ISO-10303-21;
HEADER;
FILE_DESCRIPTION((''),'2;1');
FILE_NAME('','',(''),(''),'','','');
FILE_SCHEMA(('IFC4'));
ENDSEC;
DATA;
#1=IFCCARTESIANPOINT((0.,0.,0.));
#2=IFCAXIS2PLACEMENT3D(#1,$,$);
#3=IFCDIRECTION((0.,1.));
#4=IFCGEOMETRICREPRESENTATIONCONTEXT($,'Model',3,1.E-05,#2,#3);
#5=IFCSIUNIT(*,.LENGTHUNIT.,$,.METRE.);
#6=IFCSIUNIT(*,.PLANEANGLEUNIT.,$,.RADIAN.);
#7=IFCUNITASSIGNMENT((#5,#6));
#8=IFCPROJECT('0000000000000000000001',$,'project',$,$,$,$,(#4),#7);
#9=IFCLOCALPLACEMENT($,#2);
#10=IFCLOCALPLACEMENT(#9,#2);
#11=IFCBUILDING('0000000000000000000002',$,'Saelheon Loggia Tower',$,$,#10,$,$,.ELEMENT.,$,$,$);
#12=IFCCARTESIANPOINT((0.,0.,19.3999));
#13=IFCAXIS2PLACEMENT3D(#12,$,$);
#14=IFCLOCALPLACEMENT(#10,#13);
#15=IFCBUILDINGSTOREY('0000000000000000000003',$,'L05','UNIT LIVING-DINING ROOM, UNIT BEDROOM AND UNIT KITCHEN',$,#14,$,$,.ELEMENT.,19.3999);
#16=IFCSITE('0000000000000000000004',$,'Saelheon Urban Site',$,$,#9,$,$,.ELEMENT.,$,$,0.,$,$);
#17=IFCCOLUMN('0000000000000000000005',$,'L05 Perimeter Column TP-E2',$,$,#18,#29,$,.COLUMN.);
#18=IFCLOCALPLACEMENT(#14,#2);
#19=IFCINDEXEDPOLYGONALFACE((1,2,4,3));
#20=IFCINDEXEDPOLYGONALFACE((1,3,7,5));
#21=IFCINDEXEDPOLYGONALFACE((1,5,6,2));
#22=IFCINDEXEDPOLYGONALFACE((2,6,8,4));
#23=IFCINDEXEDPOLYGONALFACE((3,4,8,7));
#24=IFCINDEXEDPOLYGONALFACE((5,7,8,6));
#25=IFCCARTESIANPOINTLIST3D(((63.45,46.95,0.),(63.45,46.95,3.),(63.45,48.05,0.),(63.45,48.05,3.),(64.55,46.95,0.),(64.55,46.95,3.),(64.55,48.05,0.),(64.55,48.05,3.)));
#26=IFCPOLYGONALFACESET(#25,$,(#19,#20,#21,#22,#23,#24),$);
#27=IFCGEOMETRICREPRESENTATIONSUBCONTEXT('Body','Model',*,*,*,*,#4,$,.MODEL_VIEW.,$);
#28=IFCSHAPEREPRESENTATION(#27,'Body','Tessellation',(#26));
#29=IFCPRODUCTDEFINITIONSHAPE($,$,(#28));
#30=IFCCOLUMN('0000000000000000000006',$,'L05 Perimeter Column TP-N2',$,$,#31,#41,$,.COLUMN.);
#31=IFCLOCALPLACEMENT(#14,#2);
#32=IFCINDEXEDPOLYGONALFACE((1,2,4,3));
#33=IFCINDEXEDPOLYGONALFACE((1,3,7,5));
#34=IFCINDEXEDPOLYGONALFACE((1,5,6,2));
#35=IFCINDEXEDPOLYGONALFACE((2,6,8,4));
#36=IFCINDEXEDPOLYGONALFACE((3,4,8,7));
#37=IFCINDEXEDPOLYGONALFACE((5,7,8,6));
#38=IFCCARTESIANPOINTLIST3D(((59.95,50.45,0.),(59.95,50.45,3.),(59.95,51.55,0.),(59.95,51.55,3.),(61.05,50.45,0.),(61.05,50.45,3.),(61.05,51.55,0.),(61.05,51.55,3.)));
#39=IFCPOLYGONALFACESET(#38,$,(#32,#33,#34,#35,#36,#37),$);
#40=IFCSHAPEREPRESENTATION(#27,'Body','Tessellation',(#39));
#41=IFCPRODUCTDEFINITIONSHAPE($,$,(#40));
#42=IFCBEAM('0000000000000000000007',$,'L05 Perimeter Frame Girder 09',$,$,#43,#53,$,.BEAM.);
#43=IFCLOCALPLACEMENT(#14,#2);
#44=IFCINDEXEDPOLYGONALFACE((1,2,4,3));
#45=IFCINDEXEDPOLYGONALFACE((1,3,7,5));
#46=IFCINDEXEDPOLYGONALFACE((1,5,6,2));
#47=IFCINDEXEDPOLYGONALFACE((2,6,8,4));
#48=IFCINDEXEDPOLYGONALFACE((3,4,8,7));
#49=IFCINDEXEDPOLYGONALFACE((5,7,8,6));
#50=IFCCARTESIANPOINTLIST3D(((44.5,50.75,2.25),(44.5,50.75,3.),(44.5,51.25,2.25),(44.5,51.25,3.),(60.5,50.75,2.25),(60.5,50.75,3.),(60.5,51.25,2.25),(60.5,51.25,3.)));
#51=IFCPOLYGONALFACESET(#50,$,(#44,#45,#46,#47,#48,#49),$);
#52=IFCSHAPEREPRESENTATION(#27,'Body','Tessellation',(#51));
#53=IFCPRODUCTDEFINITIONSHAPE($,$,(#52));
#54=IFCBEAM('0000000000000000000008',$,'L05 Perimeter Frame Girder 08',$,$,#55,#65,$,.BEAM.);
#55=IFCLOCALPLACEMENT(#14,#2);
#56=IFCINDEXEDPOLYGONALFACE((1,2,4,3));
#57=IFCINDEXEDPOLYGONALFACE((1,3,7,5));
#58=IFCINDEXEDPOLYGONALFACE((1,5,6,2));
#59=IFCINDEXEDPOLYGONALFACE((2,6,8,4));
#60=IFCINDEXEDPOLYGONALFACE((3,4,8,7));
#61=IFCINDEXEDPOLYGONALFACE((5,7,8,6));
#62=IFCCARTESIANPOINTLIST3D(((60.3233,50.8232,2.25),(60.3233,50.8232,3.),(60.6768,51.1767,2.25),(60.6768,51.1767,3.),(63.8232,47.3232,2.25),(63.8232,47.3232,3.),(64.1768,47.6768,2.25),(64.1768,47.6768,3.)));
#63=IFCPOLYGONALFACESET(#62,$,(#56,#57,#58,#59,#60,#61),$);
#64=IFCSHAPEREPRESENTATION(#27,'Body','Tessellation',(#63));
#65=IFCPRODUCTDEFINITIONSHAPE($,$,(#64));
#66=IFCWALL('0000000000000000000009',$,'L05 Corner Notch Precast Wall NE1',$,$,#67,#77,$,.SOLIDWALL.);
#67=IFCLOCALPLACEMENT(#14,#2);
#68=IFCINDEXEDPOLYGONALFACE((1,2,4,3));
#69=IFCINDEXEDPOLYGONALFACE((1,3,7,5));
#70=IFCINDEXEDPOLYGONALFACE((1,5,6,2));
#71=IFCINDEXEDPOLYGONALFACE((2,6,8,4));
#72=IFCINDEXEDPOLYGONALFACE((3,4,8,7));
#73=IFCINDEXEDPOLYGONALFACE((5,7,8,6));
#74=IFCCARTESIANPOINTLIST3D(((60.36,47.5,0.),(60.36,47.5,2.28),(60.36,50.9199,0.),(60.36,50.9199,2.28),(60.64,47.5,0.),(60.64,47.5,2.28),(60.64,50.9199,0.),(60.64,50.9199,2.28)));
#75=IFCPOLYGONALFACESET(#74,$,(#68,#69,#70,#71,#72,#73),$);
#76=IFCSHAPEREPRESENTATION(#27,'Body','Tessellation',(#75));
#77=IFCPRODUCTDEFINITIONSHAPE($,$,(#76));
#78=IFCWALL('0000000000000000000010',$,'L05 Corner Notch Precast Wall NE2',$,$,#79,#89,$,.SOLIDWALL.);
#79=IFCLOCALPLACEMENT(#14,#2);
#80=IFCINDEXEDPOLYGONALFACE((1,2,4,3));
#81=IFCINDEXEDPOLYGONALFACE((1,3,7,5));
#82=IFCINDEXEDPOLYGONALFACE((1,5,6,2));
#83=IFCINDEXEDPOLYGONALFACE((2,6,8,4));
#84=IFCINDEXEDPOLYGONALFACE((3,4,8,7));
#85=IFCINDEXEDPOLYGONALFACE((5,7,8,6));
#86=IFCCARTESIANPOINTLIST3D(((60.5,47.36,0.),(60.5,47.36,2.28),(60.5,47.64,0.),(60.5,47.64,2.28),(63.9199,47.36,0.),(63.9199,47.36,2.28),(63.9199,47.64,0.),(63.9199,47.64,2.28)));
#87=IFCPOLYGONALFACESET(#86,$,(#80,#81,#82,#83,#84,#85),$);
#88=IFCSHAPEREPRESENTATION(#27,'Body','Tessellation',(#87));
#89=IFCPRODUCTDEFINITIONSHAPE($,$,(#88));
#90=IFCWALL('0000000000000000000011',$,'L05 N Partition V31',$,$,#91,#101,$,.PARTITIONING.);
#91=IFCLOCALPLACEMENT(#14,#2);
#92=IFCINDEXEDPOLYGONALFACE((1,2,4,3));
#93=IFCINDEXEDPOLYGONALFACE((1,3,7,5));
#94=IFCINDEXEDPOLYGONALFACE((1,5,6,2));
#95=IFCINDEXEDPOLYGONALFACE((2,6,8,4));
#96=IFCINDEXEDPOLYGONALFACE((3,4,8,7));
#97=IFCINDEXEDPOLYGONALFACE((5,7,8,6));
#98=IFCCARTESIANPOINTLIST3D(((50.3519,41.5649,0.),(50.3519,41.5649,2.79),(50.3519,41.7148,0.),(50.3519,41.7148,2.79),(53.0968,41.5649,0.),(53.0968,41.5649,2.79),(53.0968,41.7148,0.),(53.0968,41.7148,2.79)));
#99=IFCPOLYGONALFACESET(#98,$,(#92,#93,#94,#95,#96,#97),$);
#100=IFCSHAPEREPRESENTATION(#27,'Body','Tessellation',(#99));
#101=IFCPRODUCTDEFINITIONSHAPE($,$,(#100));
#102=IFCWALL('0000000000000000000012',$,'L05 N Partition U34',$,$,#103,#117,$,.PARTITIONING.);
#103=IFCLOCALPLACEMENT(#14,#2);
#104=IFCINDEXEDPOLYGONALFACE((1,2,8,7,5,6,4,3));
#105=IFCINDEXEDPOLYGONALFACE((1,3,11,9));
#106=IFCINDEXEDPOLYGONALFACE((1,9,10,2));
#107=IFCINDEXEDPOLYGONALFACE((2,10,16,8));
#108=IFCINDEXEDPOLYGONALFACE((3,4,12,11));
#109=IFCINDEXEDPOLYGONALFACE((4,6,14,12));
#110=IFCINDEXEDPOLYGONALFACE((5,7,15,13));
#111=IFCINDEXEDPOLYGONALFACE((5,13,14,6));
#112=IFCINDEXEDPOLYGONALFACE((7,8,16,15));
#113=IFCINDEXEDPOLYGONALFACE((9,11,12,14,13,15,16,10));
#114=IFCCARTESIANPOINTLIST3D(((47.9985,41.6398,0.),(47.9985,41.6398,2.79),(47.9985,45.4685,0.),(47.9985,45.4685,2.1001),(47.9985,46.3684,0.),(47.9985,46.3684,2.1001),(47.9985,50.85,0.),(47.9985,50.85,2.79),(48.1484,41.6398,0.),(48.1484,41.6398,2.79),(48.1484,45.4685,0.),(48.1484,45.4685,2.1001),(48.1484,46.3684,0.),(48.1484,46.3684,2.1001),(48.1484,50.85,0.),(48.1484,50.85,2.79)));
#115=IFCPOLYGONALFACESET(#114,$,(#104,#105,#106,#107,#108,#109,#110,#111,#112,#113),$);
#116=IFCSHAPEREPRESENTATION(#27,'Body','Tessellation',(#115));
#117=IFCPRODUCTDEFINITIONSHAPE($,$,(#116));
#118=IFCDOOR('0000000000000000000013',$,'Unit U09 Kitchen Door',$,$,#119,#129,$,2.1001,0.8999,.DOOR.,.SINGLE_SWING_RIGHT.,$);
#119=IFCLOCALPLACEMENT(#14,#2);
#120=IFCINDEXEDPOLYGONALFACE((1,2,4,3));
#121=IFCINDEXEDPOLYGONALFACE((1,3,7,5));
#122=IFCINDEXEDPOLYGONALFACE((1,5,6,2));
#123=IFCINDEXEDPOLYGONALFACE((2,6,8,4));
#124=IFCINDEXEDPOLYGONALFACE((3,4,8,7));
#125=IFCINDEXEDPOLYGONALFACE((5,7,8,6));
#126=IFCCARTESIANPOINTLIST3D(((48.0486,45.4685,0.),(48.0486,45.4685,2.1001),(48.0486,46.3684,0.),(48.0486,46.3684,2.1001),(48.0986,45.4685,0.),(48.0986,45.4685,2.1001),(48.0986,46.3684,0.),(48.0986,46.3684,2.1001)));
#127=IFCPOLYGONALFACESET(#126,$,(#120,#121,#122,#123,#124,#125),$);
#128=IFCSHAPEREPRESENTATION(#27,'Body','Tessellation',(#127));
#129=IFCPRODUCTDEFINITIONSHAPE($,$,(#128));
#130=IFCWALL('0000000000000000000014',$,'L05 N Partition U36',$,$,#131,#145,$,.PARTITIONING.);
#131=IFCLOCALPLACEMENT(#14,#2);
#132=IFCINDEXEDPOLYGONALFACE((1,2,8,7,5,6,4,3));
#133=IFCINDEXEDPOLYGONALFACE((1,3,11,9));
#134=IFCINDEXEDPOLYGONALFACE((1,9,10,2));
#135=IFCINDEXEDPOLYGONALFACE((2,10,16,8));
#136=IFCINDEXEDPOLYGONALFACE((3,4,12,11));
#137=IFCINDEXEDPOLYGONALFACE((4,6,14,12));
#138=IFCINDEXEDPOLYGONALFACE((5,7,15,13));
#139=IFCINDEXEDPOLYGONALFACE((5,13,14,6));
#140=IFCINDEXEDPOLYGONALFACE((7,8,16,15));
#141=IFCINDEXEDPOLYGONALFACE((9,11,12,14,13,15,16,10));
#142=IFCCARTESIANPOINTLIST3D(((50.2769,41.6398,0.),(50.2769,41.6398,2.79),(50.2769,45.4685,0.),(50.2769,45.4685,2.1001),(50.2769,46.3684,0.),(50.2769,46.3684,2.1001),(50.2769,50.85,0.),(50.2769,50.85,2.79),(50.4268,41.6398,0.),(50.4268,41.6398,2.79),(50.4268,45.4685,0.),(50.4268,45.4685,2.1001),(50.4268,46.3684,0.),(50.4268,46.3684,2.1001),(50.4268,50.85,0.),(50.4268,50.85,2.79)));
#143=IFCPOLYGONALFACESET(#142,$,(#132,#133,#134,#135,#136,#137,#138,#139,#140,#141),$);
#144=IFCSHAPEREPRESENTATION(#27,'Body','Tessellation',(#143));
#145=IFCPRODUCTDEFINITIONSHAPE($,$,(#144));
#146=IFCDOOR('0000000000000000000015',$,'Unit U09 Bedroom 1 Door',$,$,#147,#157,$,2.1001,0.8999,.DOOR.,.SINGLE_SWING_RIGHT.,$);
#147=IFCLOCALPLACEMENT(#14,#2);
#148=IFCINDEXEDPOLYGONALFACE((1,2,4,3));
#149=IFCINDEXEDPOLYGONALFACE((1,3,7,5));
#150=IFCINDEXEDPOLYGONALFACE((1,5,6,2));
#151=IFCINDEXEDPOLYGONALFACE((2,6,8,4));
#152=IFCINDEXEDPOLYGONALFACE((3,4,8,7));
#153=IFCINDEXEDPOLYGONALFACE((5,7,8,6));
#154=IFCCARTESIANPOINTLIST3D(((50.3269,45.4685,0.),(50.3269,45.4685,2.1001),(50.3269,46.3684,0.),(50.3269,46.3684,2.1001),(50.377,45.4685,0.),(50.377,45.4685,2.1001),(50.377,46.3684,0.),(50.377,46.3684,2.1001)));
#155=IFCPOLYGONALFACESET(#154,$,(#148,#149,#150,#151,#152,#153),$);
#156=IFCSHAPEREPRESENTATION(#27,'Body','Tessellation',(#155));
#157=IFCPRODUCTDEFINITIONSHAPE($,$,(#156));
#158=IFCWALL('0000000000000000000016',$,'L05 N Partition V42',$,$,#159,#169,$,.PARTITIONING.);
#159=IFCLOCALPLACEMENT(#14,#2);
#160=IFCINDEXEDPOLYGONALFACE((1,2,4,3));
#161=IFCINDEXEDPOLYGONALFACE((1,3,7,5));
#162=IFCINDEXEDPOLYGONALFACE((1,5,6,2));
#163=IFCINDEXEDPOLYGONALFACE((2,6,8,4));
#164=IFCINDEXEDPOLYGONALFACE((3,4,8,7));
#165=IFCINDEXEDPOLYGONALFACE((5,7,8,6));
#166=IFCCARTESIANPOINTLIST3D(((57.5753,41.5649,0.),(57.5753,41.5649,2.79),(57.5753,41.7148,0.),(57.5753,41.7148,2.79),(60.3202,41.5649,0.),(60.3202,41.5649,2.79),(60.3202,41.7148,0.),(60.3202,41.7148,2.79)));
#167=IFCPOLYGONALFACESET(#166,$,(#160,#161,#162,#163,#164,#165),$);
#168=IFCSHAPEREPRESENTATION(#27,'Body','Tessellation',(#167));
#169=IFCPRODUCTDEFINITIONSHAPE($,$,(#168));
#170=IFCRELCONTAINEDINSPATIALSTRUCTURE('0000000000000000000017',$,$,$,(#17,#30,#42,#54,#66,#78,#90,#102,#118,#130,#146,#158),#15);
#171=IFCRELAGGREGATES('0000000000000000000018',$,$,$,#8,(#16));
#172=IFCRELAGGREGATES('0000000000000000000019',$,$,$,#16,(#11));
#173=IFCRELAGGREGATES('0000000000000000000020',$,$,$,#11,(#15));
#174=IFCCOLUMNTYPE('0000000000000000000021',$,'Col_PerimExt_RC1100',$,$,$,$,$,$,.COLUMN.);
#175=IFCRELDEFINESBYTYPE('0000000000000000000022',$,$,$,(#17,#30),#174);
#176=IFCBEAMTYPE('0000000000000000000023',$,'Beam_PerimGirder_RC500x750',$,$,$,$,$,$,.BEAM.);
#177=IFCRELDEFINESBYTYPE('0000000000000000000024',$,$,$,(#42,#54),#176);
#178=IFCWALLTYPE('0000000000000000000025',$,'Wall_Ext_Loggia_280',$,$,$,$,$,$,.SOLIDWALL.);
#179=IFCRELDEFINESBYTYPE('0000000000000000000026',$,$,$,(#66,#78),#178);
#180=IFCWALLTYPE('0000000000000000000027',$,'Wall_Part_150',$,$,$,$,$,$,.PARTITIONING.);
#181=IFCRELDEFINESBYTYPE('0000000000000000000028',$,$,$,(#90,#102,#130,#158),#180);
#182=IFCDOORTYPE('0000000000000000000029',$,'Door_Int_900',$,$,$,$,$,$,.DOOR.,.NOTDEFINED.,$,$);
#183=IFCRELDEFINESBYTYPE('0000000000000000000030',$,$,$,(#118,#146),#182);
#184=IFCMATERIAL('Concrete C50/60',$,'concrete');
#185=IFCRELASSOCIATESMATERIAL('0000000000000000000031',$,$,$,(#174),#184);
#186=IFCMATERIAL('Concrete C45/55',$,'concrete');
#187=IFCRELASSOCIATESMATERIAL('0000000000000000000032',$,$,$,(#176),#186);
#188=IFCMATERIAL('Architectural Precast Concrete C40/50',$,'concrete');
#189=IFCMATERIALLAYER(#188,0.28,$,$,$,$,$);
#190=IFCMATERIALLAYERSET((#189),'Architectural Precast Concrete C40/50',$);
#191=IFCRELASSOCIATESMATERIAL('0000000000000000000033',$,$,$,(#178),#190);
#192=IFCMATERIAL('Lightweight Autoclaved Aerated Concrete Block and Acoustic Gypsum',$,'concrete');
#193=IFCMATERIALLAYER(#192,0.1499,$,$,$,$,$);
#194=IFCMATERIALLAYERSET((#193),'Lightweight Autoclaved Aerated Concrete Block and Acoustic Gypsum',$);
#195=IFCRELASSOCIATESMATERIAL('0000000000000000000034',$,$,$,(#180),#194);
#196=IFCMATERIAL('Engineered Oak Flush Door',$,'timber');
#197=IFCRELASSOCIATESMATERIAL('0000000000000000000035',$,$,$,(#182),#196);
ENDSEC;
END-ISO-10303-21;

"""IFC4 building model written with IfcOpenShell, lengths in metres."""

from ifc_helpers import new_model, si_unit, direction, frame, frame_2d, origin, origin_2d, place, context, subcontext, project, spatial, rectangle, extrude, source, transform, mapped, material, layer, layer_set, material_profile, profile_set, type_object, element, fill, save


model = new_model("IFC4")

# Units and contexts
model_context = context("Model", 3, precision=1e-05, world=origin(), true_north=direction((0.0, 1.0)))
body_context = subcontext(model_context, "Body", "Model", "MODEL_VIEW")
ifc_project = project(units=[si_unit("LENGTHUNIT", "METRE"), si_unit("PLANEANGLEUNIT", "RADIAN")], contexts=[model_context])

# Site, building, storey
site_placement = place(None, origin())
site = spatial("IfcSite", under=ifc_project, at=site_placement, Name="Saelheon Urban Site", CompositionType="ELEMENT", RefElevation=0.0)
building_placement = place(site_placement, origin())
building = spatial("IfcBuilding", under=site, at=building_placement, Name="Saelheon Loggia Tower", CompositionType="ELEMENT")
storey_placement = place(building_placement, frame((0.0, 0.0, 19.3999)))
storey = spatial("IfcBuildingStorey", under=building, at=storey_placement, Name="L05", Description="UNIT LIVING-DINING ROOM, UNIT BEDROOM AND UNIT KITCHEN", CompositionType="ELEMENT", Elevation=19.3999)

# Columns
ifc_material_1 = material(Name="Concrete C50/60", Category="concrete")
ifc_material_profile_1 = material_profile(ifc_material_1, rectangle(XDim=1.1001, YDim=1.1001, at=origin_2d()), Name="RC-1100x1100")
ifc_profile_set_1 = profile_set([ifc_material_profile_1], Name="Concrete C50/60")
column_type = type_object("IfcColumnType", Name="Col_PerimExt_RC1100", PredefinedType="COLUMN", material=ifc_profile_set_1)
shared_shape_1 = source(origin(), body_context, "Body", "SweptSolid", [
    extrude(rectangle(XDim=1.1001, YDim=1.1001, at=origin_2d()), origin(), (0.0, 0.0, 1.0), 3.0),
])
for number, where, z_axis, x_axis, name in (
    (1, (64.0, 47.5, 0.0), (0.0, 0.0, 1.0), (1.0, 0.0, 0.0), "L05 Perimeter Column TP-E2"),
    (2, (60.5, 51.0, 0.0), (0.0, 0.0, 1.0), (1.0, 0.0, 0.0), "L05 Perimeter Column TP-N2"),
):
    element("IfcColumn", number, at=place(storey_placement, frame(where, z_axis=z_axis, x_axis=x_axis)), inside=storey, type_object=column_type, Name=name, PredefinedType="COLUMN", context=body_context, shape_type="MappedRepresentation", body=[
        mapped(shared_shape_1, transform((0.0, 0.0, 0.0), scale=1.0)),
    ])

# Beams
ifc_material_2 = material(Name="Concrete C45/55", Category="concrete")
ifc_material_profile_2 = material_profile(ifc_material_2, rectangle(XDim=0.5, YDim=0.75, at=origin_2d()), Name="RC-500x750")
ifc_profile_set_2 = profile_set([ifc_material_profile_2], Name="Concrete C45/55")
beam_type = type_object("IfcBeamType", Name="Beam_PerimGirder_RC500x750", PredefinedType="BEAM", material=ifc_profile_set_2)
shared_shape_2 = source(origin(), body_context, "Body", "SweptSolid", [
    extrude(rectangle(XDim=0.5, YDim=0.75, at=origin_2d()), origin(), (0.0, 0.0, 1.0), 16.0),
])
beam_1_placement = place(storey_placement, frame((60.5, 51.0, 2.625), z_axis=(-1.0, 0.0, 0.0), x_axis=(0.0, -1.0, 0.0)))
element("IfcBeam", 3, at=beam_1_placement, inside=storey, type_object=beam_type, Name="L05 Perimeter Frame Girder 09", PredefinedType="BEAM", context=body_context, shape_type="MappedRepresentation", body=[
    mapped(shared_shape_2, transform((0.0, 0.0, 0.0), scale=1.0)),
])
shared_shape_3 = source(origin(), body_context, "Body", "SweptSolid", [
    extrude(rectangle(XDim=0.5, YDim=0.75, at=origin_2d()), origin(), (0.0, 0.0, 1.0), 4.9497),
])
beam_2_placement = place(storey_placement, frame((64.0, 47.5, 2.625), z_axis=(-0.707107, 0.707107, 0.0), x_axis=(-0.707107, -0.707107, 0.0)))
element("IfcBeam", 4, at=beam_2_placement, inside=storey, type_object=beam_type, Name="L05 Perimeter Frame Girder 08", PredefinedType="BEAM", context=body_context, shape_type="MappedRepresentation", body=[
    mapped(shared_shape_3, transform((0.0, 0.0, 0.0), scale=1.0)),
])

# Walls
ifc_material_3 = material(Name="Architectural Precast Concrete C40/50", Category="concrete")
ifc_layer_1 = layer(ifc_material_3, 0.28)
ifc_layer_set_1 = layer_set([ifc_layer_1], Name="Architectural Precast Concrete C40/50")
wall_type_1 = type_object("IfcWallType", Name="Wall_Ext_Loggia_280", PredefinedType="SOLIDWALL", material=ifc_layer_set_1)
for number, where, z_axis, x_axis, name in (
    (5, (60.5, 47.5, 0.0), (0.0, 0.0, 1.0), (0.0, 1.0, 0.0), "L05 Corner Notch Precast Wall NE1"),
    (6, (60.5, 47.5, 0.0), (0.0, 0.0, 1.0), (1.0, 0.0, 0.0), "L05 Corner Notch Precast Wall NE2"),
):
    element("IfcWall", number, at=place(storey_placement, frame(where, z_axis=z_axis, x_axis=x_axis)), inside=storey, type_object=wall_type_1, Name=name, PredefinedType="SOLIDWALL", context=body_context, shape_type="SweptSolid", body=[
        extrude(rectangle(XDim=3.4199, YDim=0.28, at=frame_2d((1.71, 0.0))), origin(), (0.0, 0.0, 1.0), 2.28),
    ])
ifc_material_4 = material(Name="Lightweight Autoclaved Aerated Concrete Block and Acoustic Gypsum", Category="concrete")
ifc_layer_2 = layer(ifc_material_4, 0.1499)
ifc_layer_set_2 = layer_set([ifc_layer_2], Name="Lightweight Autoclaved Aerated Concrete Block and Acoustic Gypsum")
wall_type_2 = type_object("IfcWallType", Name="Wall_Part_150", PredefinedType="PARTITIONING", material=ifc_layer_set_2)
wall_1_placement = place(storey_placement, frame((50.3518, 41.6399, 0.0), z_axis=(0.0, 0.0, 1.0), x_axis=(1.0, 0.0, 0.0)))
element("IfcWall", 7, at=wall_1_placement, inside=storey, type_object=wall_type_2, Name="L05 N Partition V31", PredefinedType="PARTITIONING", context=body_context, shape_type="SweptSolid", body=[
    extrude(rectangle(XDim=2.7449, YDim=0.1499, at=frame_2d((1.3726, 0.0))), origin(), (0.0, 0.0, 1.0), 2.79),
])

# Walls, openings, doors
wall_2_placement = place(storey_placement, frame((48.0735, 41.6399, 0.0), z_axis=(0.0, 0.0, 1.0), x_axis=(0.0, 1.0, 0.0)))
wall_2 = element("IfcWall", 8, at=wall_2_placement, inside=storey, type_object=wall_type_2, Name="L05 N Partition U34", PredefinedType="PARTITIONING", context=body_context, shape_type="SweptSolid", body=[
    extrude(rectangle(XDim=9.2102, YDim=0.1499, at=frame_2d((4.605, 0.0))), origin(), (0.0, 0.0, 1.0), 2.79),
])
opening_1_placement = place(wall_2_placement, frame((3.8286, 0.0, 0.0)))
opening_1 = element("IfcOpeningElement", 9, at=opening_1_placement, cuts=wall_2, PredefinedType="OPENING", context=body_context, shape_type="SweptSolid", body=[
    extrude(rectangle(XDim=0.8999, YDim=2.1001, at=frame_2d((0.45, 1.05))), frame((0.0, 0.0869, 0.0), z_axis=(0.0, -1.0, 0.0), x_axis=(1.0, 0.0, 0.0)), (0.0, 0.0, 1.0), 0.1738),
])
ifc_material_5 = material(Name="Engineered Oak Flush Door", Category="timber")
door_type_1 = type_object("IfcDoorType", Name="Door_Int_900", OperationType="NOTDEFINED", PredefinedType="DOOR", material=ifc_material_5)
shared_shape_4 = source(origin(), body_context, "Body", "SweptSolid", [
    extrude(rectangle(XDim=0.8999, YDim=2.1001, at=frame_2d((0.45, 1.05))), frame((0.0, 0.0249, 0.0), z_axis=(0.0, -1.0, 0.0), x_axis=(1.0, 0.0, 0.0)), (0.0, 0.0, 1.0), 0.05),
])
door_1_placement = place(opening_1_placement, origin())
door_1 = element("IfcDoor", 10, at=door_1_placement, inside=storey, type_object=door_type_1, Name="Unit U09 Kitchen Door", OperationType="SINGLE_SWING_RIGHT", OverallHeight=2.1001, OverallWidth=0.8999, PredefinedType="DOOR", context=body_context, shape_type="MappedRepresentation", body=[
    mapped(shared_shape_4, transform((0.0, 0.0, 0.0), scale=1.0)),
])
fill(opening_1, door_1)
wall_3_placement = place(storey_placement, frame((50.3518, 41.6399, 0.0), z_axis=(0.0, 0.0, 1.0), x_axis=(0.0, 1.0, 0.0)))
wall_3 = element("IfcWall", 11, at=wall_3_placement, inside=storey, type_object=wall_type_2, Name="L05 N Partition U36", PredefinedType="PARTITIONING", context=body_context, shape_type="SweptSolid", body=[
    extrude(rectangle(XDim=9.2102, YDim=0.1499, at=frame_2d((4.605, 0.0))), origin(), (0.0, 0.0, 1.0), 2.79),
])
opening_2_placement = place(wall_3_placement, frame((3.8286, 0.0, 0.0)))
opening_2 = element("IfcOpeningElement", 12, at=opening_2_placement, cuts=wall_3, PredefinedType="OPENING", context=body_context, shape_type="SweptSolid", body=[
    extrude(rectangle(XDim=0.8999, YDim=2.1001, at=frame_2d((0.45, 1.05))), frame((0.0, 0.0869, 0.0), z_axis=(0.0, -1.0, 0.0), x_axis=(1.0, 0.0, 0.0)), (0.0, 0.0, 1.0), 0.1738),
])
door_2_placement = place(opening_2_placement, origin())
door_2 = element("IfcDoor", 13, at=door_2_placement, inside=storey, type_object=door_type_1, Name="Unit U09 Bedroom 1 Door", OperationType="SINGLE_SWING_RIGHT", OverallHeight=2.1001, OverallWidth=0.8999, PredefinedType="DOOR", context=body_context, shape_type="MappedRepresentation", body=[
    mapped(shared_shape_4, transform((0.0, 0.0, 0.0), scale=1.0)),
])
fill(opening_2, door_2)

# Wall
wall_4_placement = place(storey_placement, frame((57.5752, 41.6399, 0.0), z_axis=(0.0, 0.0, 1.0), x_axis=(1.0, 0.0, 0.0)))
element("IfcWall", 14, at=wall_4_placement, inside=storey, type_object=wall_type_2, Name="L05 N Partition V42", PredefinedType="PARTITIONING", context=body_context, shape_type="SweptSolid", body=[
    extrude(rectangle(XDim=2.7449, YDim=0.1499, at=frame_2d((1.3726, 0.0))), origin(), (0.0, 0.0, 1.0), 2.79),
])

save(model, "model.ifc")
